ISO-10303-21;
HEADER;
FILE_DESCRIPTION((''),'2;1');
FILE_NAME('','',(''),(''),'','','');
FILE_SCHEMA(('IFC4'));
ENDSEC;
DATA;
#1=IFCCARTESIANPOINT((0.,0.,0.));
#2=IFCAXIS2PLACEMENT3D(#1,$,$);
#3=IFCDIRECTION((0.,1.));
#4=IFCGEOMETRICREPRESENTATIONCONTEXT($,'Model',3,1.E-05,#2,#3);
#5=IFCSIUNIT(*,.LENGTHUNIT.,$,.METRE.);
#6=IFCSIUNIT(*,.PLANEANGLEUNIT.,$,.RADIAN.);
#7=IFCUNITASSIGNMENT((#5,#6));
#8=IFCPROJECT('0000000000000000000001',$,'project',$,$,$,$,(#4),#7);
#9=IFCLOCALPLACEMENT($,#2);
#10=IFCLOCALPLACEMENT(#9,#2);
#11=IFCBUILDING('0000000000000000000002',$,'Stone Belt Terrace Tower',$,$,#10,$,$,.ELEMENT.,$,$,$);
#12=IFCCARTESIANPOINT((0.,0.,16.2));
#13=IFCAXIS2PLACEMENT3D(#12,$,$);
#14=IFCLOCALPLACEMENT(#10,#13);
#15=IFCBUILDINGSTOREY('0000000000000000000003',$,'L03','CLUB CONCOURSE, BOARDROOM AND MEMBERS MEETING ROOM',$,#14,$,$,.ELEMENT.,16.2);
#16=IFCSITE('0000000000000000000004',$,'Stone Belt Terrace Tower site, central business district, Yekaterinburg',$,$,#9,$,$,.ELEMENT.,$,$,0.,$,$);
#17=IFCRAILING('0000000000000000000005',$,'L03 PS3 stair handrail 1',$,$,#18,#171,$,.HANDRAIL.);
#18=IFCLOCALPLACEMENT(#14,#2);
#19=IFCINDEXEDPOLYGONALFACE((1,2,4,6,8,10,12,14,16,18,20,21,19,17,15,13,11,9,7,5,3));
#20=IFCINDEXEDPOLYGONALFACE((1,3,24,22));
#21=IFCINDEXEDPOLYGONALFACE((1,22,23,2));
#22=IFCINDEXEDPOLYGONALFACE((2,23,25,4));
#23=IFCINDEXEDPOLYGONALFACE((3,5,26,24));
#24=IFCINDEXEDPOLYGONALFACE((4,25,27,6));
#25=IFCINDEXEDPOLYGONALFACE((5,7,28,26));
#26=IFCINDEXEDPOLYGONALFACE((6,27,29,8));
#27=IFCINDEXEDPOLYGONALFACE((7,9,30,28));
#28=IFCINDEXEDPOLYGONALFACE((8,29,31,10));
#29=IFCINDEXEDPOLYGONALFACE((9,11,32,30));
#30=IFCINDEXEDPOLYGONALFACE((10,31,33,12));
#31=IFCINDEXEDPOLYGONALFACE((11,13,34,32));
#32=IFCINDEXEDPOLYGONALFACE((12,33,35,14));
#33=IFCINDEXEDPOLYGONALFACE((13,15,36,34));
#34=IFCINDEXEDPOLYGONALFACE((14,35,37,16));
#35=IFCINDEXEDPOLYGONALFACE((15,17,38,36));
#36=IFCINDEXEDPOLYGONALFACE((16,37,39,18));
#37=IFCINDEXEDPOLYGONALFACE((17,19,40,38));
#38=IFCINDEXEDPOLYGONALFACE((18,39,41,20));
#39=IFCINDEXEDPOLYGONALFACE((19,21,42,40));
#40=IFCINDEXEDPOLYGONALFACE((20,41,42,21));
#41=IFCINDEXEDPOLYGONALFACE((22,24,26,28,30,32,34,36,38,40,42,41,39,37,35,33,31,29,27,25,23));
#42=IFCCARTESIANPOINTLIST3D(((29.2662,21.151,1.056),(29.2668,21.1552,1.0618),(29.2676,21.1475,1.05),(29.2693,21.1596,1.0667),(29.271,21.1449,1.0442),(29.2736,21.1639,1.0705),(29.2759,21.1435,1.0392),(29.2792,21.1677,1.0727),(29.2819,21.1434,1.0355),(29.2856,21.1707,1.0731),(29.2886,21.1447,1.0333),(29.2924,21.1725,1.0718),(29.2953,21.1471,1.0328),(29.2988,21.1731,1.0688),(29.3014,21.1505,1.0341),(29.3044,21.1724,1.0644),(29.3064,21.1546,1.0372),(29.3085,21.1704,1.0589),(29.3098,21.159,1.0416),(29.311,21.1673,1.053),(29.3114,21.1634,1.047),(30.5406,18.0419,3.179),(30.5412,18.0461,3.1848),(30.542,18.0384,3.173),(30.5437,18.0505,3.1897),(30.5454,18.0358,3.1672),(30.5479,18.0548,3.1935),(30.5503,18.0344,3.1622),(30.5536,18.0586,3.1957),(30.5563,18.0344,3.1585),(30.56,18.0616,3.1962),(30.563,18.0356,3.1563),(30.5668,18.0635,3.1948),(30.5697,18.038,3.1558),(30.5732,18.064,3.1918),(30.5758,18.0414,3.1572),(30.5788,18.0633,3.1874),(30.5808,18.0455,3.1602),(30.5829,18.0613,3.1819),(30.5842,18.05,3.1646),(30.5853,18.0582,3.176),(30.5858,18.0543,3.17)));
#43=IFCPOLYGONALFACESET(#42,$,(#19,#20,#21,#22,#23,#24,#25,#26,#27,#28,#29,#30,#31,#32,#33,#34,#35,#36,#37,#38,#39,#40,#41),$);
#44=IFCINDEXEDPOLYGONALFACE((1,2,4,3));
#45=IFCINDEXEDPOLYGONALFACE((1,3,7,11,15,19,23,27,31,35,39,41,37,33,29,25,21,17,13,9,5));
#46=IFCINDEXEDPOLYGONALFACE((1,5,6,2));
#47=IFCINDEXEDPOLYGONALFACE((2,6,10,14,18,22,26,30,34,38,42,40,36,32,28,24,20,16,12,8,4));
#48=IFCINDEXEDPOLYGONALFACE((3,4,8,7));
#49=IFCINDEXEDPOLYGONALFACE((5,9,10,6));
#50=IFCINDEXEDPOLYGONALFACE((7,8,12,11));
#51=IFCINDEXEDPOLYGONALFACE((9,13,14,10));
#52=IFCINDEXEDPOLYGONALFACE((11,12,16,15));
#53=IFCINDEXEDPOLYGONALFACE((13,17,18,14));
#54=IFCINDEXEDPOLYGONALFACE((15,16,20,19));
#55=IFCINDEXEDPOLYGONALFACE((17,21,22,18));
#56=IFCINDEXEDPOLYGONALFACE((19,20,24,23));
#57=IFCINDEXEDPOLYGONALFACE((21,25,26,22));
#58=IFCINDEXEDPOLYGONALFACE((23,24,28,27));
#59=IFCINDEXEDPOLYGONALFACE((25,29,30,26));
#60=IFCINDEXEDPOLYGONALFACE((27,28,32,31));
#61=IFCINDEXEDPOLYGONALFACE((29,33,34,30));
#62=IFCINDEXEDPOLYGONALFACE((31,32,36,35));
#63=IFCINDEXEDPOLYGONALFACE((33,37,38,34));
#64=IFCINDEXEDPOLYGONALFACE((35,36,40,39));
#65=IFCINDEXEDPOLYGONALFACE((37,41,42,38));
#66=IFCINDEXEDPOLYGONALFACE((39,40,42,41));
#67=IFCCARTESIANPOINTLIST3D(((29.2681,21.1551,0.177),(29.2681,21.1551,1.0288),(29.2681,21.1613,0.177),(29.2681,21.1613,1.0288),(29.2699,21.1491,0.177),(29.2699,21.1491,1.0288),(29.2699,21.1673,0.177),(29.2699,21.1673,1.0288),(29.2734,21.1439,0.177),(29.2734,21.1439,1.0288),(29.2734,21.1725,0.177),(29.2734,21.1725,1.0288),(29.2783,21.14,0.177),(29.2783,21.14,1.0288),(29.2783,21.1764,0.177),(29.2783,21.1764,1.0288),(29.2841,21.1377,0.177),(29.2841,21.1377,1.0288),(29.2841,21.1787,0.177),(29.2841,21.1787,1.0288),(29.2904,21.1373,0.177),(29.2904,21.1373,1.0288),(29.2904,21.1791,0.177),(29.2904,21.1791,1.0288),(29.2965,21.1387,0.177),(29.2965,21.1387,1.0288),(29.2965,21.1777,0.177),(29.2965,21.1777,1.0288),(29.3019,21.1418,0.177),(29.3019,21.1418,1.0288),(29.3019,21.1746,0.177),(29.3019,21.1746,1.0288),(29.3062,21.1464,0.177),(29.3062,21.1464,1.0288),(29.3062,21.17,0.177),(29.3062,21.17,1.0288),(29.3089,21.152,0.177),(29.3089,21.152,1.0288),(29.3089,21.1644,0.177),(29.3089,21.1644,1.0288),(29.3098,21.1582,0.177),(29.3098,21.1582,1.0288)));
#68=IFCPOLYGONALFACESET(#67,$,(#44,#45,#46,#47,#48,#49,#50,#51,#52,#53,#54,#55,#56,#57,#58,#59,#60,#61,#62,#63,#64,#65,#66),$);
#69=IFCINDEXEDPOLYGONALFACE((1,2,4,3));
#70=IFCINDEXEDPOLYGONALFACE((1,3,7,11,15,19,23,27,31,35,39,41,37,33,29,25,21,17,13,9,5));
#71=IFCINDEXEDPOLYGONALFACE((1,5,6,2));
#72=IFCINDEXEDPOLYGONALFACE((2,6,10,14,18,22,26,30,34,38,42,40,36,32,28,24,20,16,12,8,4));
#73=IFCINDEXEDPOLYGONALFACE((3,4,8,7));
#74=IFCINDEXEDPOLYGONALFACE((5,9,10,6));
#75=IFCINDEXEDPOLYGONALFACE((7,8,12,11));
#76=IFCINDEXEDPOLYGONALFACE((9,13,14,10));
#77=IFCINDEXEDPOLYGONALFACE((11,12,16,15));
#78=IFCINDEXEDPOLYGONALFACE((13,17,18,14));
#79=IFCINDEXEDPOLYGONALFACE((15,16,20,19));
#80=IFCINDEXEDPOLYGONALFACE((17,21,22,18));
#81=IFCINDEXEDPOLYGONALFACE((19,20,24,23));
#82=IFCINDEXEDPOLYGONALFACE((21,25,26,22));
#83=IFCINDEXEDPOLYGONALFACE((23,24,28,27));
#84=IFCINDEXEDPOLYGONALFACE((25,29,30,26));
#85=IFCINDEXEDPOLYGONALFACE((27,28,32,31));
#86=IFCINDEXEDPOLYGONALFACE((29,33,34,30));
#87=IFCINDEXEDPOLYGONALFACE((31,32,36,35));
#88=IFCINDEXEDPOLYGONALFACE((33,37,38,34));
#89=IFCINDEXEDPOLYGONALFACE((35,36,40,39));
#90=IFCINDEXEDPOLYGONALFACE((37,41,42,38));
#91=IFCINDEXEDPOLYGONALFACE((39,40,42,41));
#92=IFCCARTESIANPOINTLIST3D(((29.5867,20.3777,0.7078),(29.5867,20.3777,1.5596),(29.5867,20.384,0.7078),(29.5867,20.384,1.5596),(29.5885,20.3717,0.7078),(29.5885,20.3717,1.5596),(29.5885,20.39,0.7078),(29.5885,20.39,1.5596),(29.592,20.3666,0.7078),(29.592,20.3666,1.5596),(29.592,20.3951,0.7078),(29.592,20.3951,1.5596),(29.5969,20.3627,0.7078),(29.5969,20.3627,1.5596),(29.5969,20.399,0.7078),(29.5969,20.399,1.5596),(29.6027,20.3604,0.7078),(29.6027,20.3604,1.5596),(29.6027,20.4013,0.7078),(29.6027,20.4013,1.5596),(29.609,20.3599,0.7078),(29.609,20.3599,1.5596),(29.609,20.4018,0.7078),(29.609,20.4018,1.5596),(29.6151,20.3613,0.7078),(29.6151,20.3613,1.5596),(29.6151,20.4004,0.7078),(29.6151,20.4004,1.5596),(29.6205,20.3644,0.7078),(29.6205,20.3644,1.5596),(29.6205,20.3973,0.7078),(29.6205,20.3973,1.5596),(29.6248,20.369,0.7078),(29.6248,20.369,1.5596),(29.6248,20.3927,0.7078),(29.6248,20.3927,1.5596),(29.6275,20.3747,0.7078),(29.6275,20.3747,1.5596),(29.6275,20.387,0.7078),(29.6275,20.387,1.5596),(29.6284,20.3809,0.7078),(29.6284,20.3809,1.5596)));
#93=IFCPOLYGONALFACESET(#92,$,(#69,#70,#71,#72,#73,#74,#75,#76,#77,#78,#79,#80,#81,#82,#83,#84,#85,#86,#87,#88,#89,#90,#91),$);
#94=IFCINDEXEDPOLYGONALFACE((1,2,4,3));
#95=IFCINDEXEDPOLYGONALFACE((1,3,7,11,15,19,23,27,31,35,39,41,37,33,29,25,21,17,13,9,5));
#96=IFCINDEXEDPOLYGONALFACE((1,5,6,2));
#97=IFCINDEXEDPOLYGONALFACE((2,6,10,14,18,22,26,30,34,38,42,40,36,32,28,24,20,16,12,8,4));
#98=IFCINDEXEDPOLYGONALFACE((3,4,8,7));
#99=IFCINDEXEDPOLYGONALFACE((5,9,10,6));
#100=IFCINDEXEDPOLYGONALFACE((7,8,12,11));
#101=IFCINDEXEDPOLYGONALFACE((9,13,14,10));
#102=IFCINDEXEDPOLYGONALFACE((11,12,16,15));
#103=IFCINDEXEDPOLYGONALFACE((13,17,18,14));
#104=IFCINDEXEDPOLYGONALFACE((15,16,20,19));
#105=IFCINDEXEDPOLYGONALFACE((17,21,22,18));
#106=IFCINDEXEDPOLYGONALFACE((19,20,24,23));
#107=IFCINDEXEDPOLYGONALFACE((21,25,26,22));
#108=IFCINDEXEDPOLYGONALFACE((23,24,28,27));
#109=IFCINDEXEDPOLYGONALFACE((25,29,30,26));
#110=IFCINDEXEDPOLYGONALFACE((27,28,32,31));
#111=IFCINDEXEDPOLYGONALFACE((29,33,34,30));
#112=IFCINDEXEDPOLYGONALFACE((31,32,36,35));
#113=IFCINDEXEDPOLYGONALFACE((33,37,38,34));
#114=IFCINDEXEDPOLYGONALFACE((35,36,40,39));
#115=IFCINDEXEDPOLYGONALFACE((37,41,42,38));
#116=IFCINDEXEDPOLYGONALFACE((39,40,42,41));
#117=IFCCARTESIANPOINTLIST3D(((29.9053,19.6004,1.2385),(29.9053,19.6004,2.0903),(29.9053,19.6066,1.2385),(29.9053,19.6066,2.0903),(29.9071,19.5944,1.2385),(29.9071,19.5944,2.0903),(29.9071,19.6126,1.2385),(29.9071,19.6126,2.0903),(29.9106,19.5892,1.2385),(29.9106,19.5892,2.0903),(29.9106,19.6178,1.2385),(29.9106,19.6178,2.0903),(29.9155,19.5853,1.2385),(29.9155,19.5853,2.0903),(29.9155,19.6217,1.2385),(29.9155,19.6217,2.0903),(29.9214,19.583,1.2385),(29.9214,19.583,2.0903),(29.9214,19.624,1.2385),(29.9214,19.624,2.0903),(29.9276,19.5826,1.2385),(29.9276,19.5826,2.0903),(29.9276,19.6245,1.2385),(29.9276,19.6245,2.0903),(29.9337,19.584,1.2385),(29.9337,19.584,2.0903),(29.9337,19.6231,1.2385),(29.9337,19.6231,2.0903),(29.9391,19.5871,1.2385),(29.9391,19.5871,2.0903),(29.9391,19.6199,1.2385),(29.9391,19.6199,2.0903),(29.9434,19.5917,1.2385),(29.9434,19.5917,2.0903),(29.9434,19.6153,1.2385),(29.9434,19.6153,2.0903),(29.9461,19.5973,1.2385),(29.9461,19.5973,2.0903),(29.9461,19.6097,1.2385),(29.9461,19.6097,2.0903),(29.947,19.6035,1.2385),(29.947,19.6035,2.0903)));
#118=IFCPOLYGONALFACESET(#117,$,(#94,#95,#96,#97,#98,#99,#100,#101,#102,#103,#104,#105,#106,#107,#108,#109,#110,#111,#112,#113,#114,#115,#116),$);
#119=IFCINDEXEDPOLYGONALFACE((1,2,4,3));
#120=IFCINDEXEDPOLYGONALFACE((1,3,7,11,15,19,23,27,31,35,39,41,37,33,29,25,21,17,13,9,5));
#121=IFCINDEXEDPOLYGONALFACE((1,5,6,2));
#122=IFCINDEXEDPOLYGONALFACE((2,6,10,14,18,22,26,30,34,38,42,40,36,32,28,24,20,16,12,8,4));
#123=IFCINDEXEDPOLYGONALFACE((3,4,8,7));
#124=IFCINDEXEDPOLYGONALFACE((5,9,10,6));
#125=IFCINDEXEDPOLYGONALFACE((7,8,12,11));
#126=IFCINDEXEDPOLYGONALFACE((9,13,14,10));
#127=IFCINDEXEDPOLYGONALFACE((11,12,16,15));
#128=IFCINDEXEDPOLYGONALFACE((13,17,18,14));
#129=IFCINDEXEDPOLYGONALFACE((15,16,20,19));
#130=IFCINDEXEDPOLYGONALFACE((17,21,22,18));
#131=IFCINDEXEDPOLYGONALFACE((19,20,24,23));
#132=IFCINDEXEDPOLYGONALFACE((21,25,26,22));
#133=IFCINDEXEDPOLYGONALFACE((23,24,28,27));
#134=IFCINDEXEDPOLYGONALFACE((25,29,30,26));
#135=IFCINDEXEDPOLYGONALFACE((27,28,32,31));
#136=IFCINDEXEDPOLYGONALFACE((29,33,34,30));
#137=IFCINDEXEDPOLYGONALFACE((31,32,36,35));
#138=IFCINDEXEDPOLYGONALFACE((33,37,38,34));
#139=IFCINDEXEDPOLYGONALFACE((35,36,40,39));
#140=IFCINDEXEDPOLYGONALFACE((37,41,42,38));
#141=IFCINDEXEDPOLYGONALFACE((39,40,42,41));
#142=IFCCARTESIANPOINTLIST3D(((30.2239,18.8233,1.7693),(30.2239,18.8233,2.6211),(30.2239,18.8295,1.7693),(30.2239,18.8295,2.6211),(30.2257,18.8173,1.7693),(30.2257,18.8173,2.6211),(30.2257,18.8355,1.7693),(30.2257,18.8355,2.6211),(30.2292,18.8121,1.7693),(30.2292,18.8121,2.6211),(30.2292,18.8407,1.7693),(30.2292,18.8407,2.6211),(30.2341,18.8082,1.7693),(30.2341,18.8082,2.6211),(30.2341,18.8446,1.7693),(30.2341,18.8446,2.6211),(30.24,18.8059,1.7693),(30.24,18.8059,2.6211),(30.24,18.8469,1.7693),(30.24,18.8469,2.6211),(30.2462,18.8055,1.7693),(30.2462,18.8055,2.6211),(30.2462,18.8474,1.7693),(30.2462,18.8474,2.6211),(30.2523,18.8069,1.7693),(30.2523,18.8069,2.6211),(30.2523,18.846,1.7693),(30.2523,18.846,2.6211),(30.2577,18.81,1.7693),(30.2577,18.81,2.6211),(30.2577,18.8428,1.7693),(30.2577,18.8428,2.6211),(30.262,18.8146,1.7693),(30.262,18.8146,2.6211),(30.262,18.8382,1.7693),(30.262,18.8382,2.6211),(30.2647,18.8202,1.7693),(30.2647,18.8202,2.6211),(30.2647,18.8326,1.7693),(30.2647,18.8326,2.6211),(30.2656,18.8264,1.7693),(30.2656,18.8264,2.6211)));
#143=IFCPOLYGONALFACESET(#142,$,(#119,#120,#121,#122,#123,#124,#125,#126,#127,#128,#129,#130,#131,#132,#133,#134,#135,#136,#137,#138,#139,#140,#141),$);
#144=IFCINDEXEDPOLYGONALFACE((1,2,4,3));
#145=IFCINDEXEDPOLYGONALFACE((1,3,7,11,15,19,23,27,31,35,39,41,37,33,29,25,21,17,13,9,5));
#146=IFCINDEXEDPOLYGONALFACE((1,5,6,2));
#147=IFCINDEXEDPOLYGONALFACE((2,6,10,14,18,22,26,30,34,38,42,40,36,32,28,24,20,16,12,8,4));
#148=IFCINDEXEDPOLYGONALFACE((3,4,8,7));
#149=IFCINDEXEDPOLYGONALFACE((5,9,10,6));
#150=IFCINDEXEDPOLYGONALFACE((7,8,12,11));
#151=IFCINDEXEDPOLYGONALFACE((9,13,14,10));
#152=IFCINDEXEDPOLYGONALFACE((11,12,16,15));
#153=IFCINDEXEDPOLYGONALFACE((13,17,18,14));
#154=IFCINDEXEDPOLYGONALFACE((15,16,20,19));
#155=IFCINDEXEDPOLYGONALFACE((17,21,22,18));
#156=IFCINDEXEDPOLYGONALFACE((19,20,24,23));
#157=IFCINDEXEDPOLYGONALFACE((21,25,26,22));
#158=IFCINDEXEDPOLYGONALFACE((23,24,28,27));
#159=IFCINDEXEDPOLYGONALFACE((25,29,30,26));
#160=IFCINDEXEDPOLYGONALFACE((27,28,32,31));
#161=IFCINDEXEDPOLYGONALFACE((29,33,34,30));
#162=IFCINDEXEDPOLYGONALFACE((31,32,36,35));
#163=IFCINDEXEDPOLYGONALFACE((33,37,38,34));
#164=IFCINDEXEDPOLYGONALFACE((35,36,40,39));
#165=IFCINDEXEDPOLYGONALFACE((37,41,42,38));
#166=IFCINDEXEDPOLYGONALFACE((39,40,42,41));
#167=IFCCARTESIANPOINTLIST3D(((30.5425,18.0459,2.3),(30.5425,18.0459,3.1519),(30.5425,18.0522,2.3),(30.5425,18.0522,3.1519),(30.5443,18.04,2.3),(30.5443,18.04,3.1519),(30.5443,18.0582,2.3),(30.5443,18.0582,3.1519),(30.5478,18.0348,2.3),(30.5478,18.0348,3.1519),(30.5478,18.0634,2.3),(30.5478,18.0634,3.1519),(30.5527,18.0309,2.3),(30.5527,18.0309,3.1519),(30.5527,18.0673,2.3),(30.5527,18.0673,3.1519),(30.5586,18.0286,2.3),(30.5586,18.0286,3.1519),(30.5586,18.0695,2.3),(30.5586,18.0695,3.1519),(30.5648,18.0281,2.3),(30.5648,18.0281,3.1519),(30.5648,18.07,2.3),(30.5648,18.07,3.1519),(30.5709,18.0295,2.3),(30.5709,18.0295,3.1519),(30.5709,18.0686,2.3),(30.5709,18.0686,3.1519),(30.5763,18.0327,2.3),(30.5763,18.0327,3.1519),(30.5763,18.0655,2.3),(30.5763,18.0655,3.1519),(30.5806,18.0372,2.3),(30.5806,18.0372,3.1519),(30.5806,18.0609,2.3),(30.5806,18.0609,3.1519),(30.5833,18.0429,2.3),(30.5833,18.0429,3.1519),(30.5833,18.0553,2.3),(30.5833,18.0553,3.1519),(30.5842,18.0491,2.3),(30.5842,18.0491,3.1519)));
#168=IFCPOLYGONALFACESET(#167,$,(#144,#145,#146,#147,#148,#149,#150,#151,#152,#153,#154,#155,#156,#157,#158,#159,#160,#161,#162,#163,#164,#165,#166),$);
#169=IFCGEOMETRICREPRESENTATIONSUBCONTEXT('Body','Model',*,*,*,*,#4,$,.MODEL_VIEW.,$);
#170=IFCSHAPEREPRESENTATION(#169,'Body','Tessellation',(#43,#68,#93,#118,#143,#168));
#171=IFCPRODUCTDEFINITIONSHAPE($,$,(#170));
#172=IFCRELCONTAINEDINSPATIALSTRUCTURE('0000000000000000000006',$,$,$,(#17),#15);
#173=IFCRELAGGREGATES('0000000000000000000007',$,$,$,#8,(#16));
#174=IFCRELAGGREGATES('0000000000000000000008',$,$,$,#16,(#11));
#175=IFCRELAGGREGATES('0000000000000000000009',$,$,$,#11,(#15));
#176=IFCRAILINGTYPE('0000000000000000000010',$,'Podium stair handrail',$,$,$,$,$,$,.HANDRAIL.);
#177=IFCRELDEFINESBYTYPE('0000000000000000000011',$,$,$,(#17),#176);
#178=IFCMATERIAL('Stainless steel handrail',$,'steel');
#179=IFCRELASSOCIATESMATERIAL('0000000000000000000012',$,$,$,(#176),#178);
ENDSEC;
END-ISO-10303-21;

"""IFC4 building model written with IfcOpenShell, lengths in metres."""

from ifc_helpers import new_model, si_unit, direction, frame, origin, origin_2d, place, context, subcontext, project, spatial, circle, extrude, material, type_object, element, save


model = new_model("IFC4")

# Units and contexts
model_context = context("Model", 3, precision=1e-05, world=origin(), true_north=direction((0.0, 1.0)))
body_context = subcontext(model_context, "Body", "Model", "MODEL_VIEW")
ifc_project = project(units=[si_unit("LENGTHUNIT", "METRE"), si_unit("PLANEANGLEUNIT", "RADIAN")], contexts=[model_context])

# Site, building, storey
site_placement = place(None, origin())
site = spatial("IfcSite", under=ifc_project, at=site_placement, Name="Stone Belt Terrace Tower site, central business district, Yekaterinburg", CompositionType="ELEMENT", RefElevation=0.0)
building_placement = place(site_placement, origin())
building = spatial("IfcBuilding", under=site, at=building_placement, Name="Stone Belt Terrace Tower", CompositionType="ELEMENT")
storey_placement = place(building_placement, frame((0.0, 0.0, 16.2)))
storey = spatial("IfcBuildingStorey", under=building, at=storey_placement, Name="L03", Description="CLUB CONCOURSE, BOARDROOM AND MEMBERS MEETING ROOM", CompositionType="ELEMENT", Elevation=16.2)

# Railing
ifc_material_1 = material(Name="Stainless steel handrail", Category="steel")
railing_type_1 = type_object("IfcRailingType", Name="Podium stair handrail", PredefinedType="HANDRAIL", material=ifc_material_1)
railing_1_placement = place(storey_placement, frame((29.2888, 21.1582, 0.177)))
element("IfcRailing", 1, at=railing_1_placement, inside=storey, type_object=railing_type_1, Name="L03 PS3 stair handrail 1", PredefinedType="HANDRAIL", context=body_context, shape_type="SweptSolid", body=[
    extrude(circle(Radius=0.0239, at=origin_2d()), frame((0.0, 0.0, 0.876), z_axis=(0.320632, -0.782232, 0.534142), x_axis=(0.925286, 0.379269, 0.0)), (0.0, 0.0, 1.0), 3.9746),
    extrude(circle(Radius=0.021, at=origin_2d()), origin(), (0.0, 0.0, 1.0), 0.8518),
    extrude(circle(Radius=0.021, at=origin_2d()), frame((0.3186, -0.7773, 0.5308)), (0.0, 0.0, 1.0), 0.8518),
    extrude(circle(Radius=0.021, at=origin_2d()), frame((0.6372, -1.5547, 1.0615)), (0.0, 0.0, 1.0), 0.8518),
    extrude(circle(Radius=0.021, at=origin_2d()), frame((0.9558, -2.3318, 1.5923)), (0.0, 0.0, 1.0), 0.8518),
    extrude(circle(Radius=0.021, at=origin_2d()), frame((1.2744, -3.1091, 2.123)), (0.0, 0.0, 1.0), 0.8518),
])

save(model, "model.ifc")
